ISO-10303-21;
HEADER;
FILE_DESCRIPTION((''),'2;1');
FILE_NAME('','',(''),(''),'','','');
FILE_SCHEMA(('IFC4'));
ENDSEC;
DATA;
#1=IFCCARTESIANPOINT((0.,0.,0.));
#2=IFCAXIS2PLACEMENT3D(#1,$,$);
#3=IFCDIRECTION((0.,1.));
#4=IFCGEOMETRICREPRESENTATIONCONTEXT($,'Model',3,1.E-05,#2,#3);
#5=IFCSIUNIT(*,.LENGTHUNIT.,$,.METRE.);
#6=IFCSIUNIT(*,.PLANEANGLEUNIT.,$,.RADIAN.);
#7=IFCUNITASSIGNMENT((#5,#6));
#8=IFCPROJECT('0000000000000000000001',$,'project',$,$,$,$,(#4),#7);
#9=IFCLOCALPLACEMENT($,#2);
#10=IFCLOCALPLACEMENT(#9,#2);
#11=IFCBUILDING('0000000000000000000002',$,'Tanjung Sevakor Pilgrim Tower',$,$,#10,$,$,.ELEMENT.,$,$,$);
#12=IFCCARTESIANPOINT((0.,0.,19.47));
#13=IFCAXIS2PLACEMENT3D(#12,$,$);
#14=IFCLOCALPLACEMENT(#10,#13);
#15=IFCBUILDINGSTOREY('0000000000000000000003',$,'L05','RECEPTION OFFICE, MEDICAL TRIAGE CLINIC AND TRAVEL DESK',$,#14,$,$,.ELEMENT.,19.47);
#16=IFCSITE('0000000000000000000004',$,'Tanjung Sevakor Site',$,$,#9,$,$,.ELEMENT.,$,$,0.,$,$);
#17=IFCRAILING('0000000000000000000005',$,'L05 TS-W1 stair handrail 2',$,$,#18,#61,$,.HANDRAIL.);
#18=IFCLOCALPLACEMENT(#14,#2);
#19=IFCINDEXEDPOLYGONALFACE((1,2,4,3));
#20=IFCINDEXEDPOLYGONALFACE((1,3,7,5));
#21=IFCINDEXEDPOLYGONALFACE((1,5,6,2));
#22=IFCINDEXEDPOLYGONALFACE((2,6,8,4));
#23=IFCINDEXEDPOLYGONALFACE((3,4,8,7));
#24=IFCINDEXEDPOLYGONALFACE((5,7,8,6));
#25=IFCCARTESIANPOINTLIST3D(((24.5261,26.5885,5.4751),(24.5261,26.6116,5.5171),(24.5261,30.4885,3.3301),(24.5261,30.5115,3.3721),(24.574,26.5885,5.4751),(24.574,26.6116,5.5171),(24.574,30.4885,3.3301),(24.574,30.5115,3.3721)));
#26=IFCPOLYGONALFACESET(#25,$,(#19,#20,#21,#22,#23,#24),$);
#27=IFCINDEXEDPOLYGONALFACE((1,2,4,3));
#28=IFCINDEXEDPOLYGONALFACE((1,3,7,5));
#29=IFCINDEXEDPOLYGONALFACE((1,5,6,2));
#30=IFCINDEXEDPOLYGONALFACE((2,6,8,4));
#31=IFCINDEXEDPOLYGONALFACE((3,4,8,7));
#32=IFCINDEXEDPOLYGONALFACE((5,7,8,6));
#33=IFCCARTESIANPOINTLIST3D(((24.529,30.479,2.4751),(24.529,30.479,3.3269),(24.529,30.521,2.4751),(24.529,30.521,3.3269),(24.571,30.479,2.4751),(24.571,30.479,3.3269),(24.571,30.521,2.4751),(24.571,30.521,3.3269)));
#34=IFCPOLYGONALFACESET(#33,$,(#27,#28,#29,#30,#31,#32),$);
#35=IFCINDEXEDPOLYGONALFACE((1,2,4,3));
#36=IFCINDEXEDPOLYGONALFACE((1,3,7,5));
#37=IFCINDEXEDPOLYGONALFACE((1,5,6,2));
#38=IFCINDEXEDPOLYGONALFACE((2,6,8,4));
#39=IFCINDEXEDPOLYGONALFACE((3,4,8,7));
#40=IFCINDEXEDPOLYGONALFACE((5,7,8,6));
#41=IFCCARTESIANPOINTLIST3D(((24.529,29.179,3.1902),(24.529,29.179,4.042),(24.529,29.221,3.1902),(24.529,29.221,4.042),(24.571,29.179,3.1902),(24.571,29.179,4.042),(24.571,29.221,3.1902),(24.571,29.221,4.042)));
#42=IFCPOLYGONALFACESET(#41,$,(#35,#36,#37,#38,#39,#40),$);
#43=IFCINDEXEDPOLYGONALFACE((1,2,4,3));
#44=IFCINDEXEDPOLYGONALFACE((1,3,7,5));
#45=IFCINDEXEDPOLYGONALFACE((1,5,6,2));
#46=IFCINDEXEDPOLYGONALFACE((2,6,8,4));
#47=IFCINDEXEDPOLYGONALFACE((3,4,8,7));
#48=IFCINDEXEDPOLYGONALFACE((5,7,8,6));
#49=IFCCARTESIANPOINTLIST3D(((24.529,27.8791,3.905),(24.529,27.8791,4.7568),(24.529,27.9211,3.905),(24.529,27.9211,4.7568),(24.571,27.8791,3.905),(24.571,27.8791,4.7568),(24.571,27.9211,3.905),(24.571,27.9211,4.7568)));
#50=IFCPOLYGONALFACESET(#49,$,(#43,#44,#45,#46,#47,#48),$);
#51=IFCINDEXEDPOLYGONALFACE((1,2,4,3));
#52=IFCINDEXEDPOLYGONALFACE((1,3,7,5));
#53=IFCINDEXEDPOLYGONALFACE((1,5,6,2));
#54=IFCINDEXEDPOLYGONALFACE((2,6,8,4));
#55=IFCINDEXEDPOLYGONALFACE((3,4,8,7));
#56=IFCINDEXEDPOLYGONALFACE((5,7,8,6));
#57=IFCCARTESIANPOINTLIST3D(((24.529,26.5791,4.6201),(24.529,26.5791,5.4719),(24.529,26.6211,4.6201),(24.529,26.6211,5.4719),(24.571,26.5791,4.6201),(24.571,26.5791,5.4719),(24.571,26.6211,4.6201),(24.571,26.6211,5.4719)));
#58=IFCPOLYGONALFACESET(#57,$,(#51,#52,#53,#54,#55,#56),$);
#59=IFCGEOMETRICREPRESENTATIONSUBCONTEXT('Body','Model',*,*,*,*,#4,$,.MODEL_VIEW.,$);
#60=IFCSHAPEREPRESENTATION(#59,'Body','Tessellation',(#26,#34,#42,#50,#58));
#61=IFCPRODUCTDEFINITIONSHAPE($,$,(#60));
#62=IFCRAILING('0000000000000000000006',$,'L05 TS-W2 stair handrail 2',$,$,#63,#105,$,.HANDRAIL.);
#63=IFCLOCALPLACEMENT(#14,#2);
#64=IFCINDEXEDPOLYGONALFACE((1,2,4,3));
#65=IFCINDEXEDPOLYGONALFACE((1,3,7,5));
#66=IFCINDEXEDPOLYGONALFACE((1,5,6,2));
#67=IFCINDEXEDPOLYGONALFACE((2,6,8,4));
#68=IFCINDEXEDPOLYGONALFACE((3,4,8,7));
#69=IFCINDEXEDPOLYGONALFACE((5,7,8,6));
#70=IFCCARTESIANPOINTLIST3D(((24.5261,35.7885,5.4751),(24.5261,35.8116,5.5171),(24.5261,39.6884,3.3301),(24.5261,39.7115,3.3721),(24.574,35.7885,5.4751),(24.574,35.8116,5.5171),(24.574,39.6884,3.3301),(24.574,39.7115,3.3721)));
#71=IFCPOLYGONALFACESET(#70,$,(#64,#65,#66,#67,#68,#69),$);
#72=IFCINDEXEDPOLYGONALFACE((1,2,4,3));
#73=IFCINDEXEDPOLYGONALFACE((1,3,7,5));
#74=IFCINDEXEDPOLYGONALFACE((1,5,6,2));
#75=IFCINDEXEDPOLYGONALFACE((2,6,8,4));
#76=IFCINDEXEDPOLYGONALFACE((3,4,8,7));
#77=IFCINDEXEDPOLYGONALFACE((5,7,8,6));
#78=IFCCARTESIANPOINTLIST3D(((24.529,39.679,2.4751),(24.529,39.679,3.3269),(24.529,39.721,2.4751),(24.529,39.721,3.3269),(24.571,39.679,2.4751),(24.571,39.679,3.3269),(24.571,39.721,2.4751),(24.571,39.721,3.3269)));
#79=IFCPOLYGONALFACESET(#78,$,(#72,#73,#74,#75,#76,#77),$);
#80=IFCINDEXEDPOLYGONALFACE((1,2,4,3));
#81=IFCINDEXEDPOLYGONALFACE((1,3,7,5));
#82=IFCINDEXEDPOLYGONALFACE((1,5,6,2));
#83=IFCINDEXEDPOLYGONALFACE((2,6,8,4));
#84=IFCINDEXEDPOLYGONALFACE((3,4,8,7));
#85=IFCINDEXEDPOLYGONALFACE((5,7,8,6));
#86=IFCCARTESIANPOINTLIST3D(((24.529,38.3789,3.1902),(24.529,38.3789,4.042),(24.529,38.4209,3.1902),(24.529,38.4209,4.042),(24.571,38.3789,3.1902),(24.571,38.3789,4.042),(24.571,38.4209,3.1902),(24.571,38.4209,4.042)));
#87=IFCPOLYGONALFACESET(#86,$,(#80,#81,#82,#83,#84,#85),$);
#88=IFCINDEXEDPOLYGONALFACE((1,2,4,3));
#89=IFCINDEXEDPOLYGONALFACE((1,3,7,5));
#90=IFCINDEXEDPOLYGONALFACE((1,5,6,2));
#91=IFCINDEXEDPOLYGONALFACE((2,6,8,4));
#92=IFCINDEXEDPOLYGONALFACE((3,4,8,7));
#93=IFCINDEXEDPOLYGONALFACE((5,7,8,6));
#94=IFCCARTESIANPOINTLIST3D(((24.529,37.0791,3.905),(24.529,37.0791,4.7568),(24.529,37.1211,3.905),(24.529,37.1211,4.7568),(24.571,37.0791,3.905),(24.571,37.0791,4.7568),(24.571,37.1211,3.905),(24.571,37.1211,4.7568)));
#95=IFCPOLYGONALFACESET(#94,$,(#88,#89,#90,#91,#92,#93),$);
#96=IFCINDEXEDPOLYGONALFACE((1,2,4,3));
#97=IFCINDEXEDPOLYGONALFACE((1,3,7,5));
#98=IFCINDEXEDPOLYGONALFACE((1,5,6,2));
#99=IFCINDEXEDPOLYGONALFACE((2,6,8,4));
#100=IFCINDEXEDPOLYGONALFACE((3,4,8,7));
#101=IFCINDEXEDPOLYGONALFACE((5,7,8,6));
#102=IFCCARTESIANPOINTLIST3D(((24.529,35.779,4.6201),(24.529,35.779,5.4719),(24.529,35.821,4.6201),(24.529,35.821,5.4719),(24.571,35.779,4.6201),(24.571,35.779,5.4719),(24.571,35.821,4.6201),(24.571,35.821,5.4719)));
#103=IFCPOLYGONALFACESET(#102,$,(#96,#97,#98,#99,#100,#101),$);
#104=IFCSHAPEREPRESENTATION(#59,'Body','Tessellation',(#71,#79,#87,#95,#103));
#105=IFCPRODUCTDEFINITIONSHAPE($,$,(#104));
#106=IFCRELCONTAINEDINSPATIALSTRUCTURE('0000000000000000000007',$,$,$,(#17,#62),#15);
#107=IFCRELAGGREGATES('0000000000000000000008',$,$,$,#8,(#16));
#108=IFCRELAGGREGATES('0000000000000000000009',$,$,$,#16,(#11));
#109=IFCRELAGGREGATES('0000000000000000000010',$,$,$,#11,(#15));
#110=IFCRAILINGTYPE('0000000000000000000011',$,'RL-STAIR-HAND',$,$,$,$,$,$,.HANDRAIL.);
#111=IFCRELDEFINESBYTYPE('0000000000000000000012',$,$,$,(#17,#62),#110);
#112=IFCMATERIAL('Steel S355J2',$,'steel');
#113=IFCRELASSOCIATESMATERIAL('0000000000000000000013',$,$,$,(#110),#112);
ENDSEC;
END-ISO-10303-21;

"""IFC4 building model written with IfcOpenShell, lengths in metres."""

from ifc_helpers import new_model, si_unit, direction, frame, origin, place, context, subcontext, project, spatial, rectangle, extrude, material, type_object, element, save


model = new_model("IFC4")

# Units and contexts
model_context = context("Model", 3, precision=1e-05, world=origin(), true_north=direction((0.0, 1.0)))
body_context = subcontext(model_context, "Body", "Model", "MODEL_VIEW")
ifc_project = project(units=[si_unit("LENGTHUNIT", "METRE"), si_unit("PLANEANGLEUNIT", "RADIAN")], contexts=[model_context])

# Site, building, storey
site_placement = place(None, origin())
site = spatial("IfcSite", under=ifc_project, at=site_placement, Name="Tanjung Sevakor Site", CompositionType="ELEMENT", RefElevation=0.0)
building_placement = place(site_placement, origin())
building = spatial("IfcBuilding", under=site, at=building_placement, Name="Tanjung Sevakor Pilgrim Tower", CompositionType="ELEMENT")
storey_placement = place(building_placement, frame((0.0, 0.0, 19.47)))
storey = spatial("IfcBuildingStorey", under=building, at=storey_placement, Name="L05", Description="RECEPTION OFFICE, MEDICAL TRIAGE CLINIC AND TRAVEL DESK", CompositionType="ELEMENT", Elevation=19.47)

# Railings
ifc_material_1 = material(Name="Steel S355J2", Category="steel")
railing_type_1 = type_object("IfcRailingType", Name="RL-STAIR-HAND", PredefinedType="HANDRAIL", material=ifc_material_1)
for number, where, name in (
    (1, (24.55, 30.5, 2.4751), "L05 TS-W1 stair handrail 2"),
    (2, (24.55, 39.7, 2.4751), "L05 TS-W2 stair handrail 2"),
):
    element("IfcRailing", number, at=place(storey_placement, frame(where)), inside=storey, type_object=railing_type_1, Name=name, PredefinedType="HANDRAIL", context=body_context, shape_type="SweptSolid", body=[
        extrude(rectangle(XDim=0.0479, YDim=0.0479), frame((0.0, 0.0, 0.876), z_axis=(0.0, -0.876209, 0.481931), x_axis=(1.0, 0.0, 0.0)), (0.0, 0.0, 1.0), 4.4509),
        extrude(rectangle(XDim=0.042, YDim=0.042), origin(), (0.0, 0.0, 1.0), 0.8518),
        extrude(rectangle(XDim=0.042, YDim=0.042), frame((0.0, -1.3, 0.7151)), (0.0, 0.0, 1.0), 0.8518),
        extrude(rectangle(XDim=0.042, YDim=0.042), frame((0.0, -2.5999, 1.4299)), (0.0, 0.0, 1.0), 0.8518),
        extrude(rectangle(XDim=0.042, YDim=0.042), frame((0.0, -3.8999, 2.145)), (0.0, 0.0, 1.0), 0.8518),
    ])

save(model, "model.ifc")
